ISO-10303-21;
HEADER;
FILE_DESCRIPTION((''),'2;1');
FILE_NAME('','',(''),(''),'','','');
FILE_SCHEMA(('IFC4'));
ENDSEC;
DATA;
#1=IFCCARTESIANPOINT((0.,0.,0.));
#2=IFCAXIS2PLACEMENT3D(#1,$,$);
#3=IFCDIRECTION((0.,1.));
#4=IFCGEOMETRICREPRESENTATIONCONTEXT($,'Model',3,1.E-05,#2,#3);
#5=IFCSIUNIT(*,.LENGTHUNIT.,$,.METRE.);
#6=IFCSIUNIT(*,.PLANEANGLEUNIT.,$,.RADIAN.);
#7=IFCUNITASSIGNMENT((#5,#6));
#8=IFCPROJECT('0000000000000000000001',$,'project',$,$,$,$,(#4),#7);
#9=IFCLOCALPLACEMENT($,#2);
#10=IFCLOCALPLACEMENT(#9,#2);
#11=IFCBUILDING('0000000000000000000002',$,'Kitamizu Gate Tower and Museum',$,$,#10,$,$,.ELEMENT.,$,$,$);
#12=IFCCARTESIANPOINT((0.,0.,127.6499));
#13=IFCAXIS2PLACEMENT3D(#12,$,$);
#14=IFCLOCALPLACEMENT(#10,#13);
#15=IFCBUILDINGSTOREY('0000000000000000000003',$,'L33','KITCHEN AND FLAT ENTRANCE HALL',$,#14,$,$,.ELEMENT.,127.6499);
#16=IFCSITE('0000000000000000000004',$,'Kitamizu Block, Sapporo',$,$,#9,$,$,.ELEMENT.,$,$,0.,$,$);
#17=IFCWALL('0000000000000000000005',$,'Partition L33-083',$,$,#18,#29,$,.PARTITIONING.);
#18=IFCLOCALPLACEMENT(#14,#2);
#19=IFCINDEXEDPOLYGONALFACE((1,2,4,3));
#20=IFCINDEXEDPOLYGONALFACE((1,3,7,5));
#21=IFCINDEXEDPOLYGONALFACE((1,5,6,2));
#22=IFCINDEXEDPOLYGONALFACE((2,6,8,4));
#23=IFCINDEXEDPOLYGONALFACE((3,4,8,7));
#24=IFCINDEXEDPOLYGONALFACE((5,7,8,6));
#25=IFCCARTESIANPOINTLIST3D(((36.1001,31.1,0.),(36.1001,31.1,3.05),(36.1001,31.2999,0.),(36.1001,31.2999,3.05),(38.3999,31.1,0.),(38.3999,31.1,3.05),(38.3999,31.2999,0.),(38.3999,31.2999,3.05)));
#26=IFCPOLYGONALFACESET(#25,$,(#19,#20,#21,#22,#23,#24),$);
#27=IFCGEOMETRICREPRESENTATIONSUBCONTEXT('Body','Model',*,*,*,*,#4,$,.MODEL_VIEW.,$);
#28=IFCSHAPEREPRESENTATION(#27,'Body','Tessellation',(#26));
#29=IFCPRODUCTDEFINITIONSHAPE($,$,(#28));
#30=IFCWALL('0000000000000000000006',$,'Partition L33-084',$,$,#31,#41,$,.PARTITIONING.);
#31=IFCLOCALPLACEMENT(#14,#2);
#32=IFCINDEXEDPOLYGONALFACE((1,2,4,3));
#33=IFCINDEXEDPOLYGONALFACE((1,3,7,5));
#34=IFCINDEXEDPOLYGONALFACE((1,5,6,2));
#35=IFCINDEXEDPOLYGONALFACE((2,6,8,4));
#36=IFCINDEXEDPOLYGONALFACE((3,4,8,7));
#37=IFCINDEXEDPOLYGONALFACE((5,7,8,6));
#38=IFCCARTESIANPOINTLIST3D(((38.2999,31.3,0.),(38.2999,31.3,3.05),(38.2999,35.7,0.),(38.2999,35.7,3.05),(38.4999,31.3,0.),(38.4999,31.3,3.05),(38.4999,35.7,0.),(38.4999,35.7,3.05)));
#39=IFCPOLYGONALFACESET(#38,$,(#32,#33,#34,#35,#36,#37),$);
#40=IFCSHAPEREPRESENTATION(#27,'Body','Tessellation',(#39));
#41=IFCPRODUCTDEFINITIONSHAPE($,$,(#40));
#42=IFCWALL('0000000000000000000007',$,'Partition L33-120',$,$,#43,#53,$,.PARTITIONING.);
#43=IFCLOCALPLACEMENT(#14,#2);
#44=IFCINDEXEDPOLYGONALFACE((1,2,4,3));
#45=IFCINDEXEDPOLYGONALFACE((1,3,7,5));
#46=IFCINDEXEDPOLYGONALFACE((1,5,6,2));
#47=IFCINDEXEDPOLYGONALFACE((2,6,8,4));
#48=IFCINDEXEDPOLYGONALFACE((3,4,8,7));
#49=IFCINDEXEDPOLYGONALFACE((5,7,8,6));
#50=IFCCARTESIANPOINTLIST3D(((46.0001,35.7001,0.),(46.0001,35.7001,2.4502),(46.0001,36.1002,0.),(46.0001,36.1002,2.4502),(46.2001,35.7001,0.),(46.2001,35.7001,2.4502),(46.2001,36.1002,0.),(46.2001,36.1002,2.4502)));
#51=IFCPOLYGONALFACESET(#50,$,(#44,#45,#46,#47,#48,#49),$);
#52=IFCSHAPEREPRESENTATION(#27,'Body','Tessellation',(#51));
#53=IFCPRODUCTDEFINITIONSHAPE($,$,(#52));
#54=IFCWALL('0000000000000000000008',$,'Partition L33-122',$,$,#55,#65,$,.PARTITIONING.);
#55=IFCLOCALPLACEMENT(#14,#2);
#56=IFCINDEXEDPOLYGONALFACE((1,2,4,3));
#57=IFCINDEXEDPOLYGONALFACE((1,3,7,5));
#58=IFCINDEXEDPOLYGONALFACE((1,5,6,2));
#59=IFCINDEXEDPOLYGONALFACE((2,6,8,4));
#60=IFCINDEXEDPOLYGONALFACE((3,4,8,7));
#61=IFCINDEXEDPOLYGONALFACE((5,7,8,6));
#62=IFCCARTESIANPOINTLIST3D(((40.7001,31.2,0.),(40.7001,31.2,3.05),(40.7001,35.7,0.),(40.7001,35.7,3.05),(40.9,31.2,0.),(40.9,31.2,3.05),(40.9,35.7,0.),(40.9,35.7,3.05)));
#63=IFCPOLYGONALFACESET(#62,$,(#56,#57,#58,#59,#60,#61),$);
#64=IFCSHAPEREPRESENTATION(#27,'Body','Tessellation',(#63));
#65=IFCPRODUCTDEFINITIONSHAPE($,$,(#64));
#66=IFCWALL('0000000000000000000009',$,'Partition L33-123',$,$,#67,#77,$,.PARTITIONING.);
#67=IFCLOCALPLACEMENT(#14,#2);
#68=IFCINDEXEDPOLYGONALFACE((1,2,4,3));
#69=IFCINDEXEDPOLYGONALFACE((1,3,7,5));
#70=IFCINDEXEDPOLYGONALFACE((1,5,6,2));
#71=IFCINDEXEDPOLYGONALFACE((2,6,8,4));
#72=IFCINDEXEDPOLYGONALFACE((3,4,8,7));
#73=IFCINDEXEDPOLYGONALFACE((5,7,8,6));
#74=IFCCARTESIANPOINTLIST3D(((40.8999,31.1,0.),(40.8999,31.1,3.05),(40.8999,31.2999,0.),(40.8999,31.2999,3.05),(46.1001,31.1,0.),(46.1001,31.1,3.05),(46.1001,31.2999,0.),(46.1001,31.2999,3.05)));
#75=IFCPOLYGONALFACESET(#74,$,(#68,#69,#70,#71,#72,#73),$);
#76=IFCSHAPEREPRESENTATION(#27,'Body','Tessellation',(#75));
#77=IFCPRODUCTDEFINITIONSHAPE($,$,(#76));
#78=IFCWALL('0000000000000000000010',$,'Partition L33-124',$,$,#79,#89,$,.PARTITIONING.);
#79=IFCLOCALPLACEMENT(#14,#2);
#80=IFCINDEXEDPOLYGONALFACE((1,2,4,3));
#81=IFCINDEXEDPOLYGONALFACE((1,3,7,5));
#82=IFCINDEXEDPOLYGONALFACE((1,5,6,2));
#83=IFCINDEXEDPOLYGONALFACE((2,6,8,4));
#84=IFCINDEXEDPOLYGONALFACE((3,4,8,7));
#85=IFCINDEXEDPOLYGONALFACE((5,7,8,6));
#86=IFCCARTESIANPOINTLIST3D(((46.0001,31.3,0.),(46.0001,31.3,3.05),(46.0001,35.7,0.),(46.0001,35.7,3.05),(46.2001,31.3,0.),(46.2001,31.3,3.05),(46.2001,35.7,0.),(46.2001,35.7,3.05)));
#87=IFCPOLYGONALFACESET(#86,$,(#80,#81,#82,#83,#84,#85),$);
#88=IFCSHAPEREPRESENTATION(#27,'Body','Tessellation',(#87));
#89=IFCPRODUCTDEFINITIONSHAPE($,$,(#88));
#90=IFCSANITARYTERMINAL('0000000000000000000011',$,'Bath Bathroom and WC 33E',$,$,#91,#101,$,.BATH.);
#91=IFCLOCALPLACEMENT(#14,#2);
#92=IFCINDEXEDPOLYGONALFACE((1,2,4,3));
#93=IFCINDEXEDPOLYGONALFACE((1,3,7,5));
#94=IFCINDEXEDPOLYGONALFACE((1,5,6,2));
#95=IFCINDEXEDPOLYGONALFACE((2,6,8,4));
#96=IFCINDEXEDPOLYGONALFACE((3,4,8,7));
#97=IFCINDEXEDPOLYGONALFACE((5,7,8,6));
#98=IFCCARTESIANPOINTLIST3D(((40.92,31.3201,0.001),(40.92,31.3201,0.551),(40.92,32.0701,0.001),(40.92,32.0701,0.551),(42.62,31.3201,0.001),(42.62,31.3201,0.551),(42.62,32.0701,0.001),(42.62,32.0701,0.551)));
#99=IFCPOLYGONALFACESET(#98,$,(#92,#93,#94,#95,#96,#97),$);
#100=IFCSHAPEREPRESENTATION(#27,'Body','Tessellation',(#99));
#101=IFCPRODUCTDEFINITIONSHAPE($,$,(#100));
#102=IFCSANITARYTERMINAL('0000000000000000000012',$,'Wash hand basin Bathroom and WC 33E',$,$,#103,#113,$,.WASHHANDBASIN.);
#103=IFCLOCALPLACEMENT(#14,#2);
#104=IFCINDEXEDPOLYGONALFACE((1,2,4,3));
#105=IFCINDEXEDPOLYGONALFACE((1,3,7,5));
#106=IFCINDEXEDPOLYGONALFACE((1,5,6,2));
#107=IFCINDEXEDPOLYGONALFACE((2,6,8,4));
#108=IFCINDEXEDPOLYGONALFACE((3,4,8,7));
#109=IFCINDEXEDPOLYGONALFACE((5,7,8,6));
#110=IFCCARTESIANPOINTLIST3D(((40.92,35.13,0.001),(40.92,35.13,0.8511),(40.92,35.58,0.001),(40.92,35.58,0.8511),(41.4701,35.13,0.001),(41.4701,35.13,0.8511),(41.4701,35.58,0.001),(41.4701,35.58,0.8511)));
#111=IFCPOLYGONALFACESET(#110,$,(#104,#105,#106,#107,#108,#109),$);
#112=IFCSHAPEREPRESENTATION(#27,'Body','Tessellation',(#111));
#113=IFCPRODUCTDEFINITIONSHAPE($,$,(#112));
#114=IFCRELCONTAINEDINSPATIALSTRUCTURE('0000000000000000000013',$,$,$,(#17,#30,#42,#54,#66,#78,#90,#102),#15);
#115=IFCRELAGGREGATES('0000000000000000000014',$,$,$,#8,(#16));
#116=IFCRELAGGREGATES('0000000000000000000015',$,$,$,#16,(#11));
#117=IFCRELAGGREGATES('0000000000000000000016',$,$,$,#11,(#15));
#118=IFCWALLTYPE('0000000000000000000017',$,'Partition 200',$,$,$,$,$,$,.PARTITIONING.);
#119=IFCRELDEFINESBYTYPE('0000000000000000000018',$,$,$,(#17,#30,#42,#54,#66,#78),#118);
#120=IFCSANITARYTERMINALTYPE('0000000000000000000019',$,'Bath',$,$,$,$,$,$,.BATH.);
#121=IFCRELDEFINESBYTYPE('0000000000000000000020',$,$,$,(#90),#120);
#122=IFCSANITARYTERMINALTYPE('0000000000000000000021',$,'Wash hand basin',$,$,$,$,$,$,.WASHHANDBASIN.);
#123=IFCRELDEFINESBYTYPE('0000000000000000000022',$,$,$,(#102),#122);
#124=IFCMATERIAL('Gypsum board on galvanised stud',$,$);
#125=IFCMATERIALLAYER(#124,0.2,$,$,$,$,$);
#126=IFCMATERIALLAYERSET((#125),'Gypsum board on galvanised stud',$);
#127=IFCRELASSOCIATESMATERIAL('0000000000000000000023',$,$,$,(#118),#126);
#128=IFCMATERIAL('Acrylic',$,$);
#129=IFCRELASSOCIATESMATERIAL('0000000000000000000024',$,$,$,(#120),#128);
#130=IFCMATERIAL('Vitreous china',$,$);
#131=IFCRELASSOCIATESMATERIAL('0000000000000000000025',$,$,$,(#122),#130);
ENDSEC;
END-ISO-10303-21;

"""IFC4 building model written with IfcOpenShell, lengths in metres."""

from ifc_helpers import new_model, si_unit, direction, frame, frame_2d, origin, origin_2d, place, context, subcontext, project, spatial, rectangle, extrude, material, layer, layer_set, type_object, element, save


model = new_model("IFC4")

# Units and contexts
model_context = context("Model", 3, precision=1e-05, world=origin(), true_north=direction((0.0, 1.0)))
body_context = subcontext(model_context, "Body", "Model", "MODEL_VIEW")
ifc_project = project(units=[si_unit("LENGTHUNIT", "METRE"), si_unit("PLANEANGLEUNIT", "RADIAN")], contexts=[model_context])

# Site, building, storey
site_placement = place(None, origin())
site = spatial("IfcSite", under=ifc_project, at=site_placement, Name="Kitamizu Block, Sapporo", CompositionType="ELEMENT", RefElevation=0.0)
building_placement = place(site_placement, origin())
building = spatial("IfcBuilding", under=site, at=building_placement, Name="Kitamizu Gate Tower and Museum", CompositionType="ELEMENT")
storey_placement = place(building_placement, frame((0.0, 0.0, 127.6499)))
storey = spatial("IfcBuildingStorey", under=building, at=storey_placement, Name="L33", Description="KITCHEN AND FLAT ENTRANCE HALL", CompositionType="ELEMENT", Elevation=127.6499)

# Walls
ifc_material_1 = material(Name="Gypsum board on galvanised stud")
ifc_layer_1 = layer(ifc_material_1, 0.2)
ifc_layer_set_1 = layer_set([ifc_layer_1], Name="Gypsum board on galvanised stud")
wall_type_1 = type_object("IfcWallType", Name="Partition 200", PredefinedType="PARTITIONING", material=ifc_layer_set_1)
wall_1_placement = place(storey_placement, frame((36.1001, 31.2, 0.0), z_axis=(0.0, 0.0, 1.0), x_axis=(1.0, 0.0, 0.0)))
element("IfcWall", 1, at=wall_1_placement, inside=storey, type_object=wall_type_1, Name="Partition L33-083", PredefinedType="PARTITIONING", context=body_context, shape_type="SweptSolid", body=[
    extrude(rectangle(XDim=2.2998, YDim=0.2, at=frame_2d((1.1499, 0.0))), origin(), (0.0, 0.0, 1.0), 3.05),
])
wall_2_placement = place(storey_placement, frame((38.3999, 31.3, 0.0), z_axis=(0.0, 0.0, 1.0), x_axis=(0.0, 1.0, 0.0)))
element("IfcWall", 2, at=wall_2_placement, inside=storey, type_object=wall_type_1, Name="Partition L33-084", PredefinedType="PARTITIONING", context=body_context, shape_type="SweptSolid", body=[
    extrude(rectangle(XDim=4.3999, YDim=0.2, at=frame_2d((2.2, 0.0))), origin(), (0.0, 0.0, 1.0), 3.05),
])
wall_3_placement = place(storey_placement, frame((46.1001, 35.7, 0.0), z_axis=(0.0, 0.0, 1.0), x_axis=(0.0, 1.0, 0.0)))
element("IfcWall", 3, at=wall_3_placement, inside=storey, type_object=wall_type_1, Name="Partition L33-120", PredefinedType="PARTITIONING", context=body_context, shape_type="SweptSolid", body=[
    extrude(rectangle(XDim=0.4001, YDim=0.2, at=frame_2d((0.2002, 0.0))), origin(), (0.0, 0.0, 1.0), 2.4502),
])
wall_4_placement = place(storey_placement, frame((40.8, 35.7, 0.0), z_axis=(0.0, 0.0, 1.0), x_axis=(0.0, -1.0, 0.0)))
element("IfcWall", 4, at=wall_4_placement, inside=storey, type_object=wall_type_1, Name="Partition L33-122", PredefinedType="PARTITIONING", context=body_context, shape_type="SweptSolid", body=[
    extrude(rectangle(XDim=4.5, YDim=0.2, at=frame_2d((2.25, 0.0))), origin(), (0.0, 0.0, 1.0), 3.05),
])
wall_5_placement = place(storey_placement, frame((40.8999, 31.2, 0.0), z_axis=(0.0, 0.0, 1.0), x_axis=(1.0, 0.0, 0.0)))
element("IfcWall", 5, at=wall_5_placement, inside=storey, type_object=wall_type_1, Name="Partition L33-123", PredefinedType="PARTITIONING", context=body_context, shape_type="SweptSolid", body=[
    extrude(rectangle(XDim=5.2002, YDim=0.2, at=frame_2d((2.6001, 0.0))), origin(), (0.0, 0.0, 1.0), 3.05),
])
wall_6_placement = place(storey_placement, frame((46.1001, 31.3, 0.0), z_axis=(0.0, 0.0, 1.0), x_axis=(0.0, 1.0, 0.0)))
element("IfcWall", 6, at=wall_6_placement, inside=storey, type_object=wall_type_1, Name="Partition L33-124", PredefinedType="PARTITIONING", context=body_context, shape_type="SweptSolid", body=[
    extrude(rectangle(XDim=4.3999, YDim=0.2, at=frame_2d((2.2, 0.0))), origin(), (0.0, 0.0, 1.0), 3.05),
])

# Sanitary terminals
ifc_material_2 = material(Name="Acrylic")
sanitary_terminal_type_1 = type_object("IfcSanitaryTerminalType", Name="Bath", PredefinedType="BATH", material=ifc_material_2)
sanitary_terminal_1_placement = place(storey_placement, frame((41.77, 31.6951, 0.001), z_axis=(0.0, 0.0, 1.0), x_axis=(1.0, 0.0, 0.0)))
element("IfcSanitaryTerminal", 7, at=sanitary_terminal_1_placement, inside=storey, type_object=sanitary_terminal_type_1, Name="Bath Bathroom and WC 33E", PredefinedType="BATH", context=body_context, shape_type="SweptSolid", body=[
    extrude(rectangle(XDim=1.7, YDim=0.75, at=origin_2d()), origin(), (0.0, 0.0, 1.0), 0.55),
])
ifc_material_3 = material(Name="Vitreous china")
sanitary_terminal_type_2 = type_object("IfcSanitaryTerminalType", Name="Wash hand basin", PredefinedType="WASHHANDBASIN", material=ifc_material_3)
sanitary_terminal_2_placement = place(storey_placement, frame((41.1951, 35.355, 0.001), z_axis=(0.0, 0.0, 1.0), x_axis=(1.0, 0.0, 0.0)))
element("IfcSanitaryTerminal", 8, at=sanitary_terminal_2_placement, inside=storey, type_object=sanitary_terminal_type_2, Name="Wash hand basin Bathroom and WC 33E", PredefinedType="WASHHANDBASIN", context=body_context, shape_type="SweptSolid", body=[
    extrude(rectangle(XDim=0.55, YDim=0.45, at=origin_2d()), origin(), (0.0, 0.0, 1.0), 0.8501),
])

save(model, "model.ifc")
